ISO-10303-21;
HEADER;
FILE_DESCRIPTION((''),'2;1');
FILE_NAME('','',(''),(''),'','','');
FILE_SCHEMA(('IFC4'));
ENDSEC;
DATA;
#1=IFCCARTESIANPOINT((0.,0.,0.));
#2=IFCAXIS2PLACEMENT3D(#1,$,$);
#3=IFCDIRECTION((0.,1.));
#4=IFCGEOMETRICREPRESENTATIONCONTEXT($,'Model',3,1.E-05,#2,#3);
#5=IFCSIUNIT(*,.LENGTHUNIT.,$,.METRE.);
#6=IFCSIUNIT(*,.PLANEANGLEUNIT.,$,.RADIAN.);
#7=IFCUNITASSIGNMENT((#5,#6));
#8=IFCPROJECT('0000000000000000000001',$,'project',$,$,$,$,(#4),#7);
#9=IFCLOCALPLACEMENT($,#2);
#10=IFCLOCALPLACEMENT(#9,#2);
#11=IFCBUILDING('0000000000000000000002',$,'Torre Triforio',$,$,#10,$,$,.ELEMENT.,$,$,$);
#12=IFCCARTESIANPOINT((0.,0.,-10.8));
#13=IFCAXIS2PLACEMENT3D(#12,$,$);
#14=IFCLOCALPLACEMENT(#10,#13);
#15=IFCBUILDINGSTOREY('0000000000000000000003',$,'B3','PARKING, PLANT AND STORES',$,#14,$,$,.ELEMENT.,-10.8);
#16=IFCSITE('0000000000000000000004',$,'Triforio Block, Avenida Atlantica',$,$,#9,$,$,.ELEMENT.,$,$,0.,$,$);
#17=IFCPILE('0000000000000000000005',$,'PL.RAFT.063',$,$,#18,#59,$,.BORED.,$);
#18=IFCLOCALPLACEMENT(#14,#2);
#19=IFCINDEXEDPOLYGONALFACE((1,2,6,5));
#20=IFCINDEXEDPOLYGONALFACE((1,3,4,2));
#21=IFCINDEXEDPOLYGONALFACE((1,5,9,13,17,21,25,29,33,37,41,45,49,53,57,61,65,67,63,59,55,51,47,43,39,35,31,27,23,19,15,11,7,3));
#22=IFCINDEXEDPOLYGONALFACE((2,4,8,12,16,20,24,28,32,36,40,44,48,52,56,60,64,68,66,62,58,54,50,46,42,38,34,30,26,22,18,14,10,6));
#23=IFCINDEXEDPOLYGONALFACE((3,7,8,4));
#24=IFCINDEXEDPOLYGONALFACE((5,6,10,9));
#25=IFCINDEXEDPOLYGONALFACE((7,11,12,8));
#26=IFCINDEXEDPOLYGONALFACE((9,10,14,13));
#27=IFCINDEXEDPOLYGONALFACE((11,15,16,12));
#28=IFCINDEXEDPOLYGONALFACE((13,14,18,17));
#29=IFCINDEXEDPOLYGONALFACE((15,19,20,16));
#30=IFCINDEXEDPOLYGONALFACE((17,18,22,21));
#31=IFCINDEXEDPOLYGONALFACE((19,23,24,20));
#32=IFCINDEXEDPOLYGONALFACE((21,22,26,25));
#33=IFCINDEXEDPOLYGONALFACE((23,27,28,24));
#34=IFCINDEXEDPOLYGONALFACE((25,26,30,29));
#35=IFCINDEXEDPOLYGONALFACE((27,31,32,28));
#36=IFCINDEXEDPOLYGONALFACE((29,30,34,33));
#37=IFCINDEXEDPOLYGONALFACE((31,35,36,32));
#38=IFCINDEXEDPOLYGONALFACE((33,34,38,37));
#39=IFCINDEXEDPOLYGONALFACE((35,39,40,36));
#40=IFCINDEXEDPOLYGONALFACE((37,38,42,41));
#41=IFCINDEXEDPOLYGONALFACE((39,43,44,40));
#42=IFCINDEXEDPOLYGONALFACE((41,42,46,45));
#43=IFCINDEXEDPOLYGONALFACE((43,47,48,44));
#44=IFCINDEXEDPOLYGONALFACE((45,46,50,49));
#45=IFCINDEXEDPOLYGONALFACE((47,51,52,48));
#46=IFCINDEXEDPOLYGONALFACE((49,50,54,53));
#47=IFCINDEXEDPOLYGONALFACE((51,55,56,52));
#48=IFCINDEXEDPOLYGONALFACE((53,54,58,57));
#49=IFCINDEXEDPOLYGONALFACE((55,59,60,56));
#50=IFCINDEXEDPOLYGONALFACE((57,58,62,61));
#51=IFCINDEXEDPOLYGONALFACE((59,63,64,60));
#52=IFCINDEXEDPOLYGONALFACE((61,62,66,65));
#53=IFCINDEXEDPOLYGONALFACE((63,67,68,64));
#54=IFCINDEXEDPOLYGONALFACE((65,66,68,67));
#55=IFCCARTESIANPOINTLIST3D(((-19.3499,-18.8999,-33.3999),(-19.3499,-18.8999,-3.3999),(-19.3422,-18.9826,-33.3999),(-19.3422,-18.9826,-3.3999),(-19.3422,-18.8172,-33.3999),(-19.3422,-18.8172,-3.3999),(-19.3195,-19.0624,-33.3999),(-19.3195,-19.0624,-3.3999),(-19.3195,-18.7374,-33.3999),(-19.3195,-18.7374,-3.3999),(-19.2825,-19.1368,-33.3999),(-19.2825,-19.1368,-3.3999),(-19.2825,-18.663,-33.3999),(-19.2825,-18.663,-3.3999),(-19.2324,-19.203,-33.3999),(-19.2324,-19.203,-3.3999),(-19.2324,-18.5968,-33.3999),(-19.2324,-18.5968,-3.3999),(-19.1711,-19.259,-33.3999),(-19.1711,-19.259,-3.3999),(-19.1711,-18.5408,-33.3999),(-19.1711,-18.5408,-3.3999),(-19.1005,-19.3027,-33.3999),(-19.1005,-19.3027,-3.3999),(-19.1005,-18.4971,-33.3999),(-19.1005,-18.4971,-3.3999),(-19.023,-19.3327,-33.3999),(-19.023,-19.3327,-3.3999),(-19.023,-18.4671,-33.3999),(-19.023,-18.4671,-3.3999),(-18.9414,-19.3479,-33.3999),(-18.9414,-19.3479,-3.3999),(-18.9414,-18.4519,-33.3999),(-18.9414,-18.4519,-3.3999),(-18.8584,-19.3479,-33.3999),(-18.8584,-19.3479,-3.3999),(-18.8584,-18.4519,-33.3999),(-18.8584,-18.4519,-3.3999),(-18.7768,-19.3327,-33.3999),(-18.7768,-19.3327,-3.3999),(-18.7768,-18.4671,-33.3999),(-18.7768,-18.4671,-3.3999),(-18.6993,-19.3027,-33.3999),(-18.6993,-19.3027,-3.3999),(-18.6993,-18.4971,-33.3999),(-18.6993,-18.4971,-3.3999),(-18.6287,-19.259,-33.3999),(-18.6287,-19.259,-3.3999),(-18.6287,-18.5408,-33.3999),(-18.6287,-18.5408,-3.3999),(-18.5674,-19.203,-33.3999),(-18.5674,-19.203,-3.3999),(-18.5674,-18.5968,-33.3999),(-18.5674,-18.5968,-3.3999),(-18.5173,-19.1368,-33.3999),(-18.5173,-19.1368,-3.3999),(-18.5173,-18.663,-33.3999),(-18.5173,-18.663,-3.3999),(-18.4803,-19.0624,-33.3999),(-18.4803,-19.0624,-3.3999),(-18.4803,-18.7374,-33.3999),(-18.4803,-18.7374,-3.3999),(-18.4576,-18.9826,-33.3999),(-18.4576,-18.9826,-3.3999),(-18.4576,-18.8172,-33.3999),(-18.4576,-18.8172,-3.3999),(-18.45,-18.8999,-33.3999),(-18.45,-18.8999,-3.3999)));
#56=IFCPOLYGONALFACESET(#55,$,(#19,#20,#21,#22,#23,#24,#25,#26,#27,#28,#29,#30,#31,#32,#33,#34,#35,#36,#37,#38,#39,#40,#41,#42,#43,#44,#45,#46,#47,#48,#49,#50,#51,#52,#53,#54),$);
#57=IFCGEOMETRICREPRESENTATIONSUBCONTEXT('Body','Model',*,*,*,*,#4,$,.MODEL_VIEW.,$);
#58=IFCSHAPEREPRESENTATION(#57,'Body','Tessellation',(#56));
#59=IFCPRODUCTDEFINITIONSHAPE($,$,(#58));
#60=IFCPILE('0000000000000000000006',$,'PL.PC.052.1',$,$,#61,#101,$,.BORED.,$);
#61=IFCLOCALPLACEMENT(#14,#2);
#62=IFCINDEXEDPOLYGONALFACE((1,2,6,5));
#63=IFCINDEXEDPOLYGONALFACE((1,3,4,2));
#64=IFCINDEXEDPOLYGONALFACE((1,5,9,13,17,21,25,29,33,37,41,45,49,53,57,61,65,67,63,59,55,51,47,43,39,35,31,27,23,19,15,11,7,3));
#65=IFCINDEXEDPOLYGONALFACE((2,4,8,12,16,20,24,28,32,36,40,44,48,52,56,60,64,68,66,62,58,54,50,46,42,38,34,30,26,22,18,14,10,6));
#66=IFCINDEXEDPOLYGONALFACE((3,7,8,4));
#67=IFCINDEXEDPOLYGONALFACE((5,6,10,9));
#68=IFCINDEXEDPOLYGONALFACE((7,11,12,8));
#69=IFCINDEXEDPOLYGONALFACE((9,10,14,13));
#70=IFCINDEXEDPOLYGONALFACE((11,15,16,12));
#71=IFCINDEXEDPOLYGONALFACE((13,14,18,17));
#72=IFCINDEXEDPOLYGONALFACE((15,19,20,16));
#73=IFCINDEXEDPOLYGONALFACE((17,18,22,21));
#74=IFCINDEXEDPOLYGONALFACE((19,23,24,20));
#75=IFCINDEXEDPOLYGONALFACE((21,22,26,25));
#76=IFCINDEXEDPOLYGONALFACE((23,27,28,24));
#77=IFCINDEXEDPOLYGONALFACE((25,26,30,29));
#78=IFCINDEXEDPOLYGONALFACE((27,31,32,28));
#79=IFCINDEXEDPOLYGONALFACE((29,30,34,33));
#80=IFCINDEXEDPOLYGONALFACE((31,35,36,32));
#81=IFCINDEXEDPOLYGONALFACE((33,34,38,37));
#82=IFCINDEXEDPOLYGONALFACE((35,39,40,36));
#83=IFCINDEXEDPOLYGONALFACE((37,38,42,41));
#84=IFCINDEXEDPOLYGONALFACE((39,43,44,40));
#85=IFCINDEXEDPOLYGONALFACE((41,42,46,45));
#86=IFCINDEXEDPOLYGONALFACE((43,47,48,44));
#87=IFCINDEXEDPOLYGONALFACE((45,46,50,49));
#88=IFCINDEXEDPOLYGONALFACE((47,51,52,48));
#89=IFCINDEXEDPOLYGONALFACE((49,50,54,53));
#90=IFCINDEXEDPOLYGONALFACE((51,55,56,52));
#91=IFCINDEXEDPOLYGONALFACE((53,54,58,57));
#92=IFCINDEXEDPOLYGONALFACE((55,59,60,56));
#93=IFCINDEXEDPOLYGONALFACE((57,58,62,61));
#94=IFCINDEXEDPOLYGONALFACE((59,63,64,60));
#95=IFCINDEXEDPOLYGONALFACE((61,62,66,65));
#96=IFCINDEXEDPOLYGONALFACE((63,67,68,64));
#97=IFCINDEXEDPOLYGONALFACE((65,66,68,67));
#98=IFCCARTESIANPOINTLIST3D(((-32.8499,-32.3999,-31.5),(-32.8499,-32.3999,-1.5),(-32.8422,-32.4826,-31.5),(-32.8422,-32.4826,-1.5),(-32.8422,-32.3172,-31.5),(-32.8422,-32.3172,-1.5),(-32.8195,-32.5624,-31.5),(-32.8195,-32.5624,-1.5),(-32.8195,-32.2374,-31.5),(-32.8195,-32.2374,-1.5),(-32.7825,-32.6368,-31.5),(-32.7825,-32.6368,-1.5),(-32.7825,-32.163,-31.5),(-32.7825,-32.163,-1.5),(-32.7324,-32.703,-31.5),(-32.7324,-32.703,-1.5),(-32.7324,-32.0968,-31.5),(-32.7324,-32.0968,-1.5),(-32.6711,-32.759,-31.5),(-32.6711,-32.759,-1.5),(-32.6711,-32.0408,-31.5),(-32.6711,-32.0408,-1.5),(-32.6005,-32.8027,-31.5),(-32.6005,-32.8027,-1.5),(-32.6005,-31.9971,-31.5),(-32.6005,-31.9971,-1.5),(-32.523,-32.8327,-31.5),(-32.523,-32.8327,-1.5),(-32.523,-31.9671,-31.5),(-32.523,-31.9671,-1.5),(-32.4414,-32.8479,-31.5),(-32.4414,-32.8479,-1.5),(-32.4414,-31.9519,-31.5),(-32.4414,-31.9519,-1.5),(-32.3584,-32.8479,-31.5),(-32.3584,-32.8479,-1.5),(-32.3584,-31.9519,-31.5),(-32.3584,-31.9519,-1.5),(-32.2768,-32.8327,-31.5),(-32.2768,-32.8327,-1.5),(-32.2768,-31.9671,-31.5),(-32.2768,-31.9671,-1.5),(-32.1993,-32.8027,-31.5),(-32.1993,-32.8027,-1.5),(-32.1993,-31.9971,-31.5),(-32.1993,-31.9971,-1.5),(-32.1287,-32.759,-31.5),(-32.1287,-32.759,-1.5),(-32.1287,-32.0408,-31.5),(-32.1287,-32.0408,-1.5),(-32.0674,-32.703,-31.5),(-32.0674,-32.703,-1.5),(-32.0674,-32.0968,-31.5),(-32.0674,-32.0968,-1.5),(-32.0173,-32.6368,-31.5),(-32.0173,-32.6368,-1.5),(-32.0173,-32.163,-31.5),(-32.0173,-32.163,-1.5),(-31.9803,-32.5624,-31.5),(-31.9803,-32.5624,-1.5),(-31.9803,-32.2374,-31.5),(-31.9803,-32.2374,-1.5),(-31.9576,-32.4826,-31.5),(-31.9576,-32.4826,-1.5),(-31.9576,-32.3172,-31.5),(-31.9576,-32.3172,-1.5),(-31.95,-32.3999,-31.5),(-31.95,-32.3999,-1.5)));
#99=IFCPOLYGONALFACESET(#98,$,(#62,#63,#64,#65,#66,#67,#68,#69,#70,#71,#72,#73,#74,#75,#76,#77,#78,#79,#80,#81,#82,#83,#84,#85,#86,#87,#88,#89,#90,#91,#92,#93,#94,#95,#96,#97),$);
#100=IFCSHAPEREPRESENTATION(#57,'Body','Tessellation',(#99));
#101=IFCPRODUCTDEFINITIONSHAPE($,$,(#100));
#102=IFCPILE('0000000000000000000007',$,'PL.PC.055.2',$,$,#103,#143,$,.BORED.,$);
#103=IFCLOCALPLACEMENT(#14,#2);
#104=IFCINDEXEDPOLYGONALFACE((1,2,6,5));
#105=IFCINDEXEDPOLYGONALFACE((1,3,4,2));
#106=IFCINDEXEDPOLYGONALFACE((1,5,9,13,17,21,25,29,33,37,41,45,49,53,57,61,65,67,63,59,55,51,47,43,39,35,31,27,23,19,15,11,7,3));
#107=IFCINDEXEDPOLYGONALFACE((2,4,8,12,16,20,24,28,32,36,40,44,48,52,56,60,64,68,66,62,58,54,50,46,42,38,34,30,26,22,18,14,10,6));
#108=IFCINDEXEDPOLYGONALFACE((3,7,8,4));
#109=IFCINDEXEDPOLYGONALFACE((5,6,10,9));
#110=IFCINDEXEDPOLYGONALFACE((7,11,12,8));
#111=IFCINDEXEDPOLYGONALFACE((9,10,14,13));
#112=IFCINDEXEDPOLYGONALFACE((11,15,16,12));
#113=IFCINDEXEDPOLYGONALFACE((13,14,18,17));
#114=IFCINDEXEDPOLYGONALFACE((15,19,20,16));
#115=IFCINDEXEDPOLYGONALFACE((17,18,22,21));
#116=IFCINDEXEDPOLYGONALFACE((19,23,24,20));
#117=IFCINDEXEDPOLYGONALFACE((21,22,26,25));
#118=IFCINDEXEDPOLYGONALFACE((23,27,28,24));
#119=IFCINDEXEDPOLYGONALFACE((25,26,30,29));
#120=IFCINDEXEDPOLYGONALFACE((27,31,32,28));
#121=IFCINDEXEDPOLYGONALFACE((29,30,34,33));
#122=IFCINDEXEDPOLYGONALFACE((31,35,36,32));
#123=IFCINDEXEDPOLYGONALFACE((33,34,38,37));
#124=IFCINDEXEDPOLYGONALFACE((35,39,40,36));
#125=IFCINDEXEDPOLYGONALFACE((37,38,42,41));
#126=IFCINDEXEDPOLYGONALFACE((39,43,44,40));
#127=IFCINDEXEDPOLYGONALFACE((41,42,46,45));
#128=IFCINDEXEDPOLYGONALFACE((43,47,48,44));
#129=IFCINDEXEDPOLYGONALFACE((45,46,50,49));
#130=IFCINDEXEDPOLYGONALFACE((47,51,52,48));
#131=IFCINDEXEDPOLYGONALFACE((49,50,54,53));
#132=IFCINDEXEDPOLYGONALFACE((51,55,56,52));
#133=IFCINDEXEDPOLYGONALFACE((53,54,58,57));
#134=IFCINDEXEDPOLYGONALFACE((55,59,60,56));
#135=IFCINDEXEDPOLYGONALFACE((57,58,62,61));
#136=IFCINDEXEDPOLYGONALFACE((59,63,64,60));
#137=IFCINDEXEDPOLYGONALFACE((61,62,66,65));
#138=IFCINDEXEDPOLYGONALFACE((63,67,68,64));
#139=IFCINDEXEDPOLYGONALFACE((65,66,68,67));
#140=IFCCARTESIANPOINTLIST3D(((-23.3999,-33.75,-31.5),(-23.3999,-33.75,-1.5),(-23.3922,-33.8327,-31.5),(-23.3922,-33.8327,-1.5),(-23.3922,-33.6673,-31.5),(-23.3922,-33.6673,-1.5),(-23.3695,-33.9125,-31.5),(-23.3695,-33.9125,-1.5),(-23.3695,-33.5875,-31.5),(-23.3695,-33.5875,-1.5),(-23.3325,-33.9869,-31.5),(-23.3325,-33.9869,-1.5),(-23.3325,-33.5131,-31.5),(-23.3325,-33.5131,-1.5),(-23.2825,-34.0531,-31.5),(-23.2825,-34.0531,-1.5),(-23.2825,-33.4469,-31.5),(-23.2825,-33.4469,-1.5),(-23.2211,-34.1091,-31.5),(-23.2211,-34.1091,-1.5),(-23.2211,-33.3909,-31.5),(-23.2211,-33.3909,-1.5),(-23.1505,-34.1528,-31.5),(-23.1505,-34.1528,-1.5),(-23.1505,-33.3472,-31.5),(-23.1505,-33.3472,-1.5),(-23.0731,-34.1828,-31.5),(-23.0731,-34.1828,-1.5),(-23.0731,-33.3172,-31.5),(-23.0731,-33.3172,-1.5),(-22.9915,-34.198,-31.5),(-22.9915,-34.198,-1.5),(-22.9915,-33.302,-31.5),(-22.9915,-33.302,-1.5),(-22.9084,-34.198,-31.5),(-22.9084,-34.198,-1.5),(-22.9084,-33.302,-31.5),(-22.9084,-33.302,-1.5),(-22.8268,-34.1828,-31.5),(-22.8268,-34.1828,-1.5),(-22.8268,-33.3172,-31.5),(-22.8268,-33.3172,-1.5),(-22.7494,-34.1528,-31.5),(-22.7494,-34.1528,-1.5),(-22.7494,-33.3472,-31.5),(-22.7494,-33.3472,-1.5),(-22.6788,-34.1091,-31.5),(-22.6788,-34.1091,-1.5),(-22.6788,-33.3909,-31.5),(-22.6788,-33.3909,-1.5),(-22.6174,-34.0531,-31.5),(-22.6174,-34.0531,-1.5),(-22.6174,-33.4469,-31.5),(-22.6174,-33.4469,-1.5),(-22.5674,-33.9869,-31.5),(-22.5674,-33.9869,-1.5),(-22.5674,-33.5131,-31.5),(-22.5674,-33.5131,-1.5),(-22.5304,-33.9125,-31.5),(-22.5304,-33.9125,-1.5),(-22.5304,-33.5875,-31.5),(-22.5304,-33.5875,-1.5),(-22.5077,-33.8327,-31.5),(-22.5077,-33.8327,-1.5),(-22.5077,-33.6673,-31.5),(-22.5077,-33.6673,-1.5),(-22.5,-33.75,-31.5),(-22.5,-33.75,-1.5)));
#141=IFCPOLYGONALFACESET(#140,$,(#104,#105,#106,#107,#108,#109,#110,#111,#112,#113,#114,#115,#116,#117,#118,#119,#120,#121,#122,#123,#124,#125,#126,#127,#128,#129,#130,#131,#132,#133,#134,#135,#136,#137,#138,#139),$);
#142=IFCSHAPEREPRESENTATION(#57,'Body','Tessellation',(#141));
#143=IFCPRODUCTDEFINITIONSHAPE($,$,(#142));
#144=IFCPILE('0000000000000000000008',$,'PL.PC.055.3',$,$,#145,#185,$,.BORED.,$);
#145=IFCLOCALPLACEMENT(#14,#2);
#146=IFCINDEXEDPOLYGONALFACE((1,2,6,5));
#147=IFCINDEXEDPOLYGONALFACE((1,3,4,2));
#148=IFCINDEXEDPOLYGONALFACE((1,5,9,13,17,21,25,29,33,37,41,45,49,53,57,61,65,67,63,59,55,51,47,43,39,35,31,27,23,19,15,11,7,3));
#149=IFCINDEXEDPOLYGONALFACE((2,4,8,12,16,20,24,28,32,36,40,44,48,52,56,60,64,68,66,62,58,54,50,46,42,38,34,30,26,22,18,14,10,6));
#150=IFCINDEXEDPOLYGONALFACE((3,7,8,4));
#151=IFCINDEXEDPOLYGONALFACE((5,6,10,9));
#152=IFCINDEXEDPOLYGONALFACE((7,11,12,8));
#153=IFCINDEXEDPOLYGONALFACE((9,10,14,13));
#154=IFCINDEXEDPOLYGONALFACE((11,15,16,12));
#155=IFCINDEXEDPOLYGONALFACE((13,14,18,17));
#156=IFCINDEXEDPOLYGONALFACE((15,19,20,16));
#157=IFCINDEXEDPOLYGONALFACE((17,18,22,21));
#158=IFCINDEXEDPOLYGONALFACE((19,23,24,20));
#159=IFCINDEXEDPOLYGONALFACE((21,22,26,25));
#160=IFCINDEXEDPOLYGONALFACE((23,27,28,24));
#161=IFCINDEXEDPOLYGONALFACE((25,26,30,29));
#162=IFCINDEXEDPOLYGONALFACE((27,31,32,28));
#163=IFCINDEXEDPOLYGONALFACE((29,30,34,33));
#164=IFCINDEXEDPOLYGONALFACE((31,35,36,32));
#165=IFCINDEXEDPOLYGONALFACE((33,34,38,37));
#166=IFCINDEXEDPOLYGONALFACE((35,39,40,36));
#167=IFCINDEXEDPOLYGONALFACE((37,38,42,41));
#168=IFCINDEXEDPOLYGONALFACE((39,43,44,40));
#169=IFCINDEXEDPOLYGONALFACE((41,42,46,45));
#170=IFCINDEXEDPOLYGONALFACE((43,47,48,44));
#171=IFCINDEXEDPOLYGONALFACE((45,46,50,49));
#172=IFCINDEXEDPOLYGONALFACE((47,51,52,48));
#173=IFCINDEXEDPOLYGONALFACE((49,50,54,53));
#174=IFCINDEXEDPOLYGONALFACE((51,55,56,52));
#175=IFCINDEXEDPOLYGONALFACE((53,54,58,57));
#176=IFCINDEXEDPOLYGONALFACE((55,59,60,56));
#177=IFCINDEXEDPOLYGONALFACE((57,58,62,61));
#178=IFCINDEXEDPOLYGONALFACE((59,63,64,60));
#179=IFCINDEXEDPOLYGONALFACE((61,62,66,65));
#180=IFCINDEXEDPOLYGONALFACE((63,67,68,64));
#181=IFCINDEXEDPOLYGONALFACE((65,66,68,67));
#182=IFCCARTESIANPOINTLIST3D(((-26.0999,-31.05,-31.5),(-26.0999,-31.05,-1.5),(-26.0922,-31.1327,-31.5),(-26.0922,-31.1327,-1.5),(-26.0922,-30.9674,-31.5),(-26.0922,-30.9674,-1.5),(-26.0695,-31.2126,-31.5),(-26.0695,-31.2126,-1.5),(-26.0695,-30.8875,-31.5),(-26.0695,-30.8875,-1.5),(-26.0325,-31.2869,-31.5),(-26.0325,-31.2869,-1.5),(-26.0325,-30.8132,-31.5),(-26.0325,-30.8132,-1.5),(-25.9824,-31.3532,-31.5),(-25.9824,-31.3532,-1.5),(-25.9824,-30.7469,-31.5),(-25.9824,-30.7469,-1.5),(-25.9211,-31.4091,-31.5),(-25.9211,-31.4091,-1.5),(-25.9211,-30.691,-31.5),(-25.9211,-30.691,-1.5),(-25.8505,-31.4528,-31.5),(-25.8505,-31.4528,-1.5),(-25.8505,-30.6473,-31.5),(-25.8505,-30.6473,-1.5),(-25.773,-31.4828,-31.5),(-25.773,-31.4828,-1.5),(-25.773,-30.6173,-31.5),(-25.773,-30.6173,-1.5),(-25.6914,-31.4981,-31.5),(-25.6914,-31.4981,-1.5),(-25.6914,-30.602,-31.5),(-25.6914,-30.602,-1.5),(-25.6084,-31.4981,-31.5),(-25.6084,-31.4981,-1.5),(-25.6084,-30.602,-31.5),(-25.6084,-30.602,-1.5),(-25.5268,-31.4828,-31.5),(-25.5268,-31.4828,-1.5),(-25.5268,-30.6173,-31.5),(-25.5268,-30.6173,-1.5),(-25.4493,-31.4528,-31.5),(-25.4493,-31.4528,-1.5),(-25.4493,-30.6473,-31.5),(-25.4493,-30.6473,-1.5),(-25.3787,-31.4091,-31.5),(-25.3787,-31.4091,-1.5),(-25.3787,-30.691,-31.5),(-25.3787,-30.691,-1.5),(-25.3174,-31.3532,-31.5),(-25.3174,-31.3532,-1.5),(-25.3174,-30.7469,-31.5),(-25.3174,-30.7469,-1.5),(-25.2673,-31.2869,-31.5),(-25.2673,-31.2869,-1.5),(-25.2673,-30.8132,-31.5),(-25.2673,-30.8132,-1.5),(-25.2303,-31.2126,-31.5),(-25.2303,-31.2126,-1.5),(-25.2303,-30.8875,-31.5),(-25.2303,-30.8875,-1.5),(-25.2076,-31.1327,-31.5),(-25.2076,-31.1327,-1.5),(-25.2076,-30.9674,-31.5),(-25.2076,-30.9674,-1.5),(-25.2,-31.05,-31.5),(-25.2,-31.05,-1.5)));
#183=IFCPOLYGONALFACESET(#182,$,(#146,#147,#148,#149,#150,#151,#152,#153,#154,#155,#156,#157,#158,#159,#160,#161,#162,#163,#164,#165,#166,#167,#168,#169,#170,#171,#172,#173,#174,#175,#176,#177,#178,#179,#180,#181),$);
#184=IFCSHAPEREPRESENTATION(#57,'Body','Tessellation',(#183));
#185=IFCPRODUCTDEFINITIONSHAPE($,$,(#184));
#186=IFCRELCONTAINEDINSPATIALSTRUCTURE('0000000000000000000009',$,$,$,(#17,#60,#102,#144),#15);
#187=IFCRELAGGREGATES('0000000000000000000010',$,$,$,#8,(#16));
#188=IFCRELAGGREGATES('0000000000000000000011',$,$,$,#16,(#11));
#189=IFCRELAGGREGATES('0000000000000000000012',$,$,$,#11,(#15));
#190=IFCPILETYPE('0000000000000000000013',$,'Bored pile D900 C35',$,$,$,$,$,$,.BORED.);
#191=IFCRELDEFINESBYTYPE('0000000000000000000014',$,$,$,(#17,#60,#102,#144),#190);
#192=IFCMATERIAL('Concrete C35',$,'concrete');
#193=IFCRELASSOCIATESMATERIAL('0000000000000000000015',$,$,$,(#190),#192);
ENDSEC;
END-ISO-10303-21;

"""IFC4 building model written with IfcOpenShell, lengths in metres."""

from ifc_helpers import new_model, si_unit, direction, frame, origin, origin_2d, place, context, subcontext, project, spatial, circle, extrude, material, material_profile, profile_set, type_object, element, save


model = new_model("IFC4")

# Units and contexts
model_context = context("Model", 3, precision=1e-05, world=origin(), true_north=direction((0.0, 1.0)))
body_context = subcontext(model_context, "Body", "Model", "MODEL_VIEW")
ifc_project = project(units=[si_unit("LENGTHUNIT", "METRE"), si_unit("PLANEANGLEUNIT", "RADIAN")], contexts=[model_context])

# Site, building, storey
site_placement = place(None, origin())
site = spatial("IfcSite", under=ifc_project, at=site_placement, Name="Triforio Block, Avenida Atlantica", CompositionType="ELEMENT", RefElevation=0.0)
building_placement = place(site_placement, origin())
building = spatial("IfcBuilding", under=site, at=building_placement, Name="Torre Triforio", CompositionType="ELEMENT")
storey_placement = place(building_placement, frame((0.0, 0.0, -10.8)))
storey = spatial("IfcBuildingStorey", under=building, at=storey_placement, Name="B3", Description="PARKING, PLANT AND STORES", CompositionType="ELEMENT", Elevation=-10.8)

# Piles
ifc_material_1 = material(Name="Concrete C35", Category="concrete")
ifc_material_profile_1 = material_profile(ifc_material_1, circle(Radius=0.45, at=origin_2d()), Name="RC D900")
ifc_profile_set_1 = profile_set([ifc_material_profile_1], Name="Concrete C35")
pile_type = type_object("IfcPileType", Name="Bored pile D900 C35", PredefinedType="BORED", material=ifc_profile_set_1)
for number, where, z_axis, x_axis, name in (
    (1, (-18.8999, -18.8999, -3.3999), (0.0, 0.0, -1.0), (1.0, 0.0, 0.0), "PL.RAFT.063"),
    (2, (-32.3999, -32.3999, -1.5), (0.0, 0.0, -1.0), (1.0, 0.0, 0.0), "PL.PC.052.1"),
    (3, (-22.95, -33.75, -1.5), (0.0, 0.0, -1.0), (1.0, 0.0, 0.0), "PL.PC.055.2"),
    (4, (-25.6499, -31.05, -1.5), (0.0, 0.0, -1.0), (1.0, 0.0, 0.0), "PL.PC.055.3"),
):
    element("IfcPile", number, at=place(storey_placement, frame(where, z_axis=z_axis, x_axis=x_axis)), inside=storey, type_object=pile_type, Name=name, PredefinedType="BORED", context=body_context, shape_type="SweptSolid", body=[
        extrude(circle(Radius=0.45, at=origin_2d()), origin(), (0.0, 0.0, 1.0), 30.0),
    ])

save(model, "model.ifc")
